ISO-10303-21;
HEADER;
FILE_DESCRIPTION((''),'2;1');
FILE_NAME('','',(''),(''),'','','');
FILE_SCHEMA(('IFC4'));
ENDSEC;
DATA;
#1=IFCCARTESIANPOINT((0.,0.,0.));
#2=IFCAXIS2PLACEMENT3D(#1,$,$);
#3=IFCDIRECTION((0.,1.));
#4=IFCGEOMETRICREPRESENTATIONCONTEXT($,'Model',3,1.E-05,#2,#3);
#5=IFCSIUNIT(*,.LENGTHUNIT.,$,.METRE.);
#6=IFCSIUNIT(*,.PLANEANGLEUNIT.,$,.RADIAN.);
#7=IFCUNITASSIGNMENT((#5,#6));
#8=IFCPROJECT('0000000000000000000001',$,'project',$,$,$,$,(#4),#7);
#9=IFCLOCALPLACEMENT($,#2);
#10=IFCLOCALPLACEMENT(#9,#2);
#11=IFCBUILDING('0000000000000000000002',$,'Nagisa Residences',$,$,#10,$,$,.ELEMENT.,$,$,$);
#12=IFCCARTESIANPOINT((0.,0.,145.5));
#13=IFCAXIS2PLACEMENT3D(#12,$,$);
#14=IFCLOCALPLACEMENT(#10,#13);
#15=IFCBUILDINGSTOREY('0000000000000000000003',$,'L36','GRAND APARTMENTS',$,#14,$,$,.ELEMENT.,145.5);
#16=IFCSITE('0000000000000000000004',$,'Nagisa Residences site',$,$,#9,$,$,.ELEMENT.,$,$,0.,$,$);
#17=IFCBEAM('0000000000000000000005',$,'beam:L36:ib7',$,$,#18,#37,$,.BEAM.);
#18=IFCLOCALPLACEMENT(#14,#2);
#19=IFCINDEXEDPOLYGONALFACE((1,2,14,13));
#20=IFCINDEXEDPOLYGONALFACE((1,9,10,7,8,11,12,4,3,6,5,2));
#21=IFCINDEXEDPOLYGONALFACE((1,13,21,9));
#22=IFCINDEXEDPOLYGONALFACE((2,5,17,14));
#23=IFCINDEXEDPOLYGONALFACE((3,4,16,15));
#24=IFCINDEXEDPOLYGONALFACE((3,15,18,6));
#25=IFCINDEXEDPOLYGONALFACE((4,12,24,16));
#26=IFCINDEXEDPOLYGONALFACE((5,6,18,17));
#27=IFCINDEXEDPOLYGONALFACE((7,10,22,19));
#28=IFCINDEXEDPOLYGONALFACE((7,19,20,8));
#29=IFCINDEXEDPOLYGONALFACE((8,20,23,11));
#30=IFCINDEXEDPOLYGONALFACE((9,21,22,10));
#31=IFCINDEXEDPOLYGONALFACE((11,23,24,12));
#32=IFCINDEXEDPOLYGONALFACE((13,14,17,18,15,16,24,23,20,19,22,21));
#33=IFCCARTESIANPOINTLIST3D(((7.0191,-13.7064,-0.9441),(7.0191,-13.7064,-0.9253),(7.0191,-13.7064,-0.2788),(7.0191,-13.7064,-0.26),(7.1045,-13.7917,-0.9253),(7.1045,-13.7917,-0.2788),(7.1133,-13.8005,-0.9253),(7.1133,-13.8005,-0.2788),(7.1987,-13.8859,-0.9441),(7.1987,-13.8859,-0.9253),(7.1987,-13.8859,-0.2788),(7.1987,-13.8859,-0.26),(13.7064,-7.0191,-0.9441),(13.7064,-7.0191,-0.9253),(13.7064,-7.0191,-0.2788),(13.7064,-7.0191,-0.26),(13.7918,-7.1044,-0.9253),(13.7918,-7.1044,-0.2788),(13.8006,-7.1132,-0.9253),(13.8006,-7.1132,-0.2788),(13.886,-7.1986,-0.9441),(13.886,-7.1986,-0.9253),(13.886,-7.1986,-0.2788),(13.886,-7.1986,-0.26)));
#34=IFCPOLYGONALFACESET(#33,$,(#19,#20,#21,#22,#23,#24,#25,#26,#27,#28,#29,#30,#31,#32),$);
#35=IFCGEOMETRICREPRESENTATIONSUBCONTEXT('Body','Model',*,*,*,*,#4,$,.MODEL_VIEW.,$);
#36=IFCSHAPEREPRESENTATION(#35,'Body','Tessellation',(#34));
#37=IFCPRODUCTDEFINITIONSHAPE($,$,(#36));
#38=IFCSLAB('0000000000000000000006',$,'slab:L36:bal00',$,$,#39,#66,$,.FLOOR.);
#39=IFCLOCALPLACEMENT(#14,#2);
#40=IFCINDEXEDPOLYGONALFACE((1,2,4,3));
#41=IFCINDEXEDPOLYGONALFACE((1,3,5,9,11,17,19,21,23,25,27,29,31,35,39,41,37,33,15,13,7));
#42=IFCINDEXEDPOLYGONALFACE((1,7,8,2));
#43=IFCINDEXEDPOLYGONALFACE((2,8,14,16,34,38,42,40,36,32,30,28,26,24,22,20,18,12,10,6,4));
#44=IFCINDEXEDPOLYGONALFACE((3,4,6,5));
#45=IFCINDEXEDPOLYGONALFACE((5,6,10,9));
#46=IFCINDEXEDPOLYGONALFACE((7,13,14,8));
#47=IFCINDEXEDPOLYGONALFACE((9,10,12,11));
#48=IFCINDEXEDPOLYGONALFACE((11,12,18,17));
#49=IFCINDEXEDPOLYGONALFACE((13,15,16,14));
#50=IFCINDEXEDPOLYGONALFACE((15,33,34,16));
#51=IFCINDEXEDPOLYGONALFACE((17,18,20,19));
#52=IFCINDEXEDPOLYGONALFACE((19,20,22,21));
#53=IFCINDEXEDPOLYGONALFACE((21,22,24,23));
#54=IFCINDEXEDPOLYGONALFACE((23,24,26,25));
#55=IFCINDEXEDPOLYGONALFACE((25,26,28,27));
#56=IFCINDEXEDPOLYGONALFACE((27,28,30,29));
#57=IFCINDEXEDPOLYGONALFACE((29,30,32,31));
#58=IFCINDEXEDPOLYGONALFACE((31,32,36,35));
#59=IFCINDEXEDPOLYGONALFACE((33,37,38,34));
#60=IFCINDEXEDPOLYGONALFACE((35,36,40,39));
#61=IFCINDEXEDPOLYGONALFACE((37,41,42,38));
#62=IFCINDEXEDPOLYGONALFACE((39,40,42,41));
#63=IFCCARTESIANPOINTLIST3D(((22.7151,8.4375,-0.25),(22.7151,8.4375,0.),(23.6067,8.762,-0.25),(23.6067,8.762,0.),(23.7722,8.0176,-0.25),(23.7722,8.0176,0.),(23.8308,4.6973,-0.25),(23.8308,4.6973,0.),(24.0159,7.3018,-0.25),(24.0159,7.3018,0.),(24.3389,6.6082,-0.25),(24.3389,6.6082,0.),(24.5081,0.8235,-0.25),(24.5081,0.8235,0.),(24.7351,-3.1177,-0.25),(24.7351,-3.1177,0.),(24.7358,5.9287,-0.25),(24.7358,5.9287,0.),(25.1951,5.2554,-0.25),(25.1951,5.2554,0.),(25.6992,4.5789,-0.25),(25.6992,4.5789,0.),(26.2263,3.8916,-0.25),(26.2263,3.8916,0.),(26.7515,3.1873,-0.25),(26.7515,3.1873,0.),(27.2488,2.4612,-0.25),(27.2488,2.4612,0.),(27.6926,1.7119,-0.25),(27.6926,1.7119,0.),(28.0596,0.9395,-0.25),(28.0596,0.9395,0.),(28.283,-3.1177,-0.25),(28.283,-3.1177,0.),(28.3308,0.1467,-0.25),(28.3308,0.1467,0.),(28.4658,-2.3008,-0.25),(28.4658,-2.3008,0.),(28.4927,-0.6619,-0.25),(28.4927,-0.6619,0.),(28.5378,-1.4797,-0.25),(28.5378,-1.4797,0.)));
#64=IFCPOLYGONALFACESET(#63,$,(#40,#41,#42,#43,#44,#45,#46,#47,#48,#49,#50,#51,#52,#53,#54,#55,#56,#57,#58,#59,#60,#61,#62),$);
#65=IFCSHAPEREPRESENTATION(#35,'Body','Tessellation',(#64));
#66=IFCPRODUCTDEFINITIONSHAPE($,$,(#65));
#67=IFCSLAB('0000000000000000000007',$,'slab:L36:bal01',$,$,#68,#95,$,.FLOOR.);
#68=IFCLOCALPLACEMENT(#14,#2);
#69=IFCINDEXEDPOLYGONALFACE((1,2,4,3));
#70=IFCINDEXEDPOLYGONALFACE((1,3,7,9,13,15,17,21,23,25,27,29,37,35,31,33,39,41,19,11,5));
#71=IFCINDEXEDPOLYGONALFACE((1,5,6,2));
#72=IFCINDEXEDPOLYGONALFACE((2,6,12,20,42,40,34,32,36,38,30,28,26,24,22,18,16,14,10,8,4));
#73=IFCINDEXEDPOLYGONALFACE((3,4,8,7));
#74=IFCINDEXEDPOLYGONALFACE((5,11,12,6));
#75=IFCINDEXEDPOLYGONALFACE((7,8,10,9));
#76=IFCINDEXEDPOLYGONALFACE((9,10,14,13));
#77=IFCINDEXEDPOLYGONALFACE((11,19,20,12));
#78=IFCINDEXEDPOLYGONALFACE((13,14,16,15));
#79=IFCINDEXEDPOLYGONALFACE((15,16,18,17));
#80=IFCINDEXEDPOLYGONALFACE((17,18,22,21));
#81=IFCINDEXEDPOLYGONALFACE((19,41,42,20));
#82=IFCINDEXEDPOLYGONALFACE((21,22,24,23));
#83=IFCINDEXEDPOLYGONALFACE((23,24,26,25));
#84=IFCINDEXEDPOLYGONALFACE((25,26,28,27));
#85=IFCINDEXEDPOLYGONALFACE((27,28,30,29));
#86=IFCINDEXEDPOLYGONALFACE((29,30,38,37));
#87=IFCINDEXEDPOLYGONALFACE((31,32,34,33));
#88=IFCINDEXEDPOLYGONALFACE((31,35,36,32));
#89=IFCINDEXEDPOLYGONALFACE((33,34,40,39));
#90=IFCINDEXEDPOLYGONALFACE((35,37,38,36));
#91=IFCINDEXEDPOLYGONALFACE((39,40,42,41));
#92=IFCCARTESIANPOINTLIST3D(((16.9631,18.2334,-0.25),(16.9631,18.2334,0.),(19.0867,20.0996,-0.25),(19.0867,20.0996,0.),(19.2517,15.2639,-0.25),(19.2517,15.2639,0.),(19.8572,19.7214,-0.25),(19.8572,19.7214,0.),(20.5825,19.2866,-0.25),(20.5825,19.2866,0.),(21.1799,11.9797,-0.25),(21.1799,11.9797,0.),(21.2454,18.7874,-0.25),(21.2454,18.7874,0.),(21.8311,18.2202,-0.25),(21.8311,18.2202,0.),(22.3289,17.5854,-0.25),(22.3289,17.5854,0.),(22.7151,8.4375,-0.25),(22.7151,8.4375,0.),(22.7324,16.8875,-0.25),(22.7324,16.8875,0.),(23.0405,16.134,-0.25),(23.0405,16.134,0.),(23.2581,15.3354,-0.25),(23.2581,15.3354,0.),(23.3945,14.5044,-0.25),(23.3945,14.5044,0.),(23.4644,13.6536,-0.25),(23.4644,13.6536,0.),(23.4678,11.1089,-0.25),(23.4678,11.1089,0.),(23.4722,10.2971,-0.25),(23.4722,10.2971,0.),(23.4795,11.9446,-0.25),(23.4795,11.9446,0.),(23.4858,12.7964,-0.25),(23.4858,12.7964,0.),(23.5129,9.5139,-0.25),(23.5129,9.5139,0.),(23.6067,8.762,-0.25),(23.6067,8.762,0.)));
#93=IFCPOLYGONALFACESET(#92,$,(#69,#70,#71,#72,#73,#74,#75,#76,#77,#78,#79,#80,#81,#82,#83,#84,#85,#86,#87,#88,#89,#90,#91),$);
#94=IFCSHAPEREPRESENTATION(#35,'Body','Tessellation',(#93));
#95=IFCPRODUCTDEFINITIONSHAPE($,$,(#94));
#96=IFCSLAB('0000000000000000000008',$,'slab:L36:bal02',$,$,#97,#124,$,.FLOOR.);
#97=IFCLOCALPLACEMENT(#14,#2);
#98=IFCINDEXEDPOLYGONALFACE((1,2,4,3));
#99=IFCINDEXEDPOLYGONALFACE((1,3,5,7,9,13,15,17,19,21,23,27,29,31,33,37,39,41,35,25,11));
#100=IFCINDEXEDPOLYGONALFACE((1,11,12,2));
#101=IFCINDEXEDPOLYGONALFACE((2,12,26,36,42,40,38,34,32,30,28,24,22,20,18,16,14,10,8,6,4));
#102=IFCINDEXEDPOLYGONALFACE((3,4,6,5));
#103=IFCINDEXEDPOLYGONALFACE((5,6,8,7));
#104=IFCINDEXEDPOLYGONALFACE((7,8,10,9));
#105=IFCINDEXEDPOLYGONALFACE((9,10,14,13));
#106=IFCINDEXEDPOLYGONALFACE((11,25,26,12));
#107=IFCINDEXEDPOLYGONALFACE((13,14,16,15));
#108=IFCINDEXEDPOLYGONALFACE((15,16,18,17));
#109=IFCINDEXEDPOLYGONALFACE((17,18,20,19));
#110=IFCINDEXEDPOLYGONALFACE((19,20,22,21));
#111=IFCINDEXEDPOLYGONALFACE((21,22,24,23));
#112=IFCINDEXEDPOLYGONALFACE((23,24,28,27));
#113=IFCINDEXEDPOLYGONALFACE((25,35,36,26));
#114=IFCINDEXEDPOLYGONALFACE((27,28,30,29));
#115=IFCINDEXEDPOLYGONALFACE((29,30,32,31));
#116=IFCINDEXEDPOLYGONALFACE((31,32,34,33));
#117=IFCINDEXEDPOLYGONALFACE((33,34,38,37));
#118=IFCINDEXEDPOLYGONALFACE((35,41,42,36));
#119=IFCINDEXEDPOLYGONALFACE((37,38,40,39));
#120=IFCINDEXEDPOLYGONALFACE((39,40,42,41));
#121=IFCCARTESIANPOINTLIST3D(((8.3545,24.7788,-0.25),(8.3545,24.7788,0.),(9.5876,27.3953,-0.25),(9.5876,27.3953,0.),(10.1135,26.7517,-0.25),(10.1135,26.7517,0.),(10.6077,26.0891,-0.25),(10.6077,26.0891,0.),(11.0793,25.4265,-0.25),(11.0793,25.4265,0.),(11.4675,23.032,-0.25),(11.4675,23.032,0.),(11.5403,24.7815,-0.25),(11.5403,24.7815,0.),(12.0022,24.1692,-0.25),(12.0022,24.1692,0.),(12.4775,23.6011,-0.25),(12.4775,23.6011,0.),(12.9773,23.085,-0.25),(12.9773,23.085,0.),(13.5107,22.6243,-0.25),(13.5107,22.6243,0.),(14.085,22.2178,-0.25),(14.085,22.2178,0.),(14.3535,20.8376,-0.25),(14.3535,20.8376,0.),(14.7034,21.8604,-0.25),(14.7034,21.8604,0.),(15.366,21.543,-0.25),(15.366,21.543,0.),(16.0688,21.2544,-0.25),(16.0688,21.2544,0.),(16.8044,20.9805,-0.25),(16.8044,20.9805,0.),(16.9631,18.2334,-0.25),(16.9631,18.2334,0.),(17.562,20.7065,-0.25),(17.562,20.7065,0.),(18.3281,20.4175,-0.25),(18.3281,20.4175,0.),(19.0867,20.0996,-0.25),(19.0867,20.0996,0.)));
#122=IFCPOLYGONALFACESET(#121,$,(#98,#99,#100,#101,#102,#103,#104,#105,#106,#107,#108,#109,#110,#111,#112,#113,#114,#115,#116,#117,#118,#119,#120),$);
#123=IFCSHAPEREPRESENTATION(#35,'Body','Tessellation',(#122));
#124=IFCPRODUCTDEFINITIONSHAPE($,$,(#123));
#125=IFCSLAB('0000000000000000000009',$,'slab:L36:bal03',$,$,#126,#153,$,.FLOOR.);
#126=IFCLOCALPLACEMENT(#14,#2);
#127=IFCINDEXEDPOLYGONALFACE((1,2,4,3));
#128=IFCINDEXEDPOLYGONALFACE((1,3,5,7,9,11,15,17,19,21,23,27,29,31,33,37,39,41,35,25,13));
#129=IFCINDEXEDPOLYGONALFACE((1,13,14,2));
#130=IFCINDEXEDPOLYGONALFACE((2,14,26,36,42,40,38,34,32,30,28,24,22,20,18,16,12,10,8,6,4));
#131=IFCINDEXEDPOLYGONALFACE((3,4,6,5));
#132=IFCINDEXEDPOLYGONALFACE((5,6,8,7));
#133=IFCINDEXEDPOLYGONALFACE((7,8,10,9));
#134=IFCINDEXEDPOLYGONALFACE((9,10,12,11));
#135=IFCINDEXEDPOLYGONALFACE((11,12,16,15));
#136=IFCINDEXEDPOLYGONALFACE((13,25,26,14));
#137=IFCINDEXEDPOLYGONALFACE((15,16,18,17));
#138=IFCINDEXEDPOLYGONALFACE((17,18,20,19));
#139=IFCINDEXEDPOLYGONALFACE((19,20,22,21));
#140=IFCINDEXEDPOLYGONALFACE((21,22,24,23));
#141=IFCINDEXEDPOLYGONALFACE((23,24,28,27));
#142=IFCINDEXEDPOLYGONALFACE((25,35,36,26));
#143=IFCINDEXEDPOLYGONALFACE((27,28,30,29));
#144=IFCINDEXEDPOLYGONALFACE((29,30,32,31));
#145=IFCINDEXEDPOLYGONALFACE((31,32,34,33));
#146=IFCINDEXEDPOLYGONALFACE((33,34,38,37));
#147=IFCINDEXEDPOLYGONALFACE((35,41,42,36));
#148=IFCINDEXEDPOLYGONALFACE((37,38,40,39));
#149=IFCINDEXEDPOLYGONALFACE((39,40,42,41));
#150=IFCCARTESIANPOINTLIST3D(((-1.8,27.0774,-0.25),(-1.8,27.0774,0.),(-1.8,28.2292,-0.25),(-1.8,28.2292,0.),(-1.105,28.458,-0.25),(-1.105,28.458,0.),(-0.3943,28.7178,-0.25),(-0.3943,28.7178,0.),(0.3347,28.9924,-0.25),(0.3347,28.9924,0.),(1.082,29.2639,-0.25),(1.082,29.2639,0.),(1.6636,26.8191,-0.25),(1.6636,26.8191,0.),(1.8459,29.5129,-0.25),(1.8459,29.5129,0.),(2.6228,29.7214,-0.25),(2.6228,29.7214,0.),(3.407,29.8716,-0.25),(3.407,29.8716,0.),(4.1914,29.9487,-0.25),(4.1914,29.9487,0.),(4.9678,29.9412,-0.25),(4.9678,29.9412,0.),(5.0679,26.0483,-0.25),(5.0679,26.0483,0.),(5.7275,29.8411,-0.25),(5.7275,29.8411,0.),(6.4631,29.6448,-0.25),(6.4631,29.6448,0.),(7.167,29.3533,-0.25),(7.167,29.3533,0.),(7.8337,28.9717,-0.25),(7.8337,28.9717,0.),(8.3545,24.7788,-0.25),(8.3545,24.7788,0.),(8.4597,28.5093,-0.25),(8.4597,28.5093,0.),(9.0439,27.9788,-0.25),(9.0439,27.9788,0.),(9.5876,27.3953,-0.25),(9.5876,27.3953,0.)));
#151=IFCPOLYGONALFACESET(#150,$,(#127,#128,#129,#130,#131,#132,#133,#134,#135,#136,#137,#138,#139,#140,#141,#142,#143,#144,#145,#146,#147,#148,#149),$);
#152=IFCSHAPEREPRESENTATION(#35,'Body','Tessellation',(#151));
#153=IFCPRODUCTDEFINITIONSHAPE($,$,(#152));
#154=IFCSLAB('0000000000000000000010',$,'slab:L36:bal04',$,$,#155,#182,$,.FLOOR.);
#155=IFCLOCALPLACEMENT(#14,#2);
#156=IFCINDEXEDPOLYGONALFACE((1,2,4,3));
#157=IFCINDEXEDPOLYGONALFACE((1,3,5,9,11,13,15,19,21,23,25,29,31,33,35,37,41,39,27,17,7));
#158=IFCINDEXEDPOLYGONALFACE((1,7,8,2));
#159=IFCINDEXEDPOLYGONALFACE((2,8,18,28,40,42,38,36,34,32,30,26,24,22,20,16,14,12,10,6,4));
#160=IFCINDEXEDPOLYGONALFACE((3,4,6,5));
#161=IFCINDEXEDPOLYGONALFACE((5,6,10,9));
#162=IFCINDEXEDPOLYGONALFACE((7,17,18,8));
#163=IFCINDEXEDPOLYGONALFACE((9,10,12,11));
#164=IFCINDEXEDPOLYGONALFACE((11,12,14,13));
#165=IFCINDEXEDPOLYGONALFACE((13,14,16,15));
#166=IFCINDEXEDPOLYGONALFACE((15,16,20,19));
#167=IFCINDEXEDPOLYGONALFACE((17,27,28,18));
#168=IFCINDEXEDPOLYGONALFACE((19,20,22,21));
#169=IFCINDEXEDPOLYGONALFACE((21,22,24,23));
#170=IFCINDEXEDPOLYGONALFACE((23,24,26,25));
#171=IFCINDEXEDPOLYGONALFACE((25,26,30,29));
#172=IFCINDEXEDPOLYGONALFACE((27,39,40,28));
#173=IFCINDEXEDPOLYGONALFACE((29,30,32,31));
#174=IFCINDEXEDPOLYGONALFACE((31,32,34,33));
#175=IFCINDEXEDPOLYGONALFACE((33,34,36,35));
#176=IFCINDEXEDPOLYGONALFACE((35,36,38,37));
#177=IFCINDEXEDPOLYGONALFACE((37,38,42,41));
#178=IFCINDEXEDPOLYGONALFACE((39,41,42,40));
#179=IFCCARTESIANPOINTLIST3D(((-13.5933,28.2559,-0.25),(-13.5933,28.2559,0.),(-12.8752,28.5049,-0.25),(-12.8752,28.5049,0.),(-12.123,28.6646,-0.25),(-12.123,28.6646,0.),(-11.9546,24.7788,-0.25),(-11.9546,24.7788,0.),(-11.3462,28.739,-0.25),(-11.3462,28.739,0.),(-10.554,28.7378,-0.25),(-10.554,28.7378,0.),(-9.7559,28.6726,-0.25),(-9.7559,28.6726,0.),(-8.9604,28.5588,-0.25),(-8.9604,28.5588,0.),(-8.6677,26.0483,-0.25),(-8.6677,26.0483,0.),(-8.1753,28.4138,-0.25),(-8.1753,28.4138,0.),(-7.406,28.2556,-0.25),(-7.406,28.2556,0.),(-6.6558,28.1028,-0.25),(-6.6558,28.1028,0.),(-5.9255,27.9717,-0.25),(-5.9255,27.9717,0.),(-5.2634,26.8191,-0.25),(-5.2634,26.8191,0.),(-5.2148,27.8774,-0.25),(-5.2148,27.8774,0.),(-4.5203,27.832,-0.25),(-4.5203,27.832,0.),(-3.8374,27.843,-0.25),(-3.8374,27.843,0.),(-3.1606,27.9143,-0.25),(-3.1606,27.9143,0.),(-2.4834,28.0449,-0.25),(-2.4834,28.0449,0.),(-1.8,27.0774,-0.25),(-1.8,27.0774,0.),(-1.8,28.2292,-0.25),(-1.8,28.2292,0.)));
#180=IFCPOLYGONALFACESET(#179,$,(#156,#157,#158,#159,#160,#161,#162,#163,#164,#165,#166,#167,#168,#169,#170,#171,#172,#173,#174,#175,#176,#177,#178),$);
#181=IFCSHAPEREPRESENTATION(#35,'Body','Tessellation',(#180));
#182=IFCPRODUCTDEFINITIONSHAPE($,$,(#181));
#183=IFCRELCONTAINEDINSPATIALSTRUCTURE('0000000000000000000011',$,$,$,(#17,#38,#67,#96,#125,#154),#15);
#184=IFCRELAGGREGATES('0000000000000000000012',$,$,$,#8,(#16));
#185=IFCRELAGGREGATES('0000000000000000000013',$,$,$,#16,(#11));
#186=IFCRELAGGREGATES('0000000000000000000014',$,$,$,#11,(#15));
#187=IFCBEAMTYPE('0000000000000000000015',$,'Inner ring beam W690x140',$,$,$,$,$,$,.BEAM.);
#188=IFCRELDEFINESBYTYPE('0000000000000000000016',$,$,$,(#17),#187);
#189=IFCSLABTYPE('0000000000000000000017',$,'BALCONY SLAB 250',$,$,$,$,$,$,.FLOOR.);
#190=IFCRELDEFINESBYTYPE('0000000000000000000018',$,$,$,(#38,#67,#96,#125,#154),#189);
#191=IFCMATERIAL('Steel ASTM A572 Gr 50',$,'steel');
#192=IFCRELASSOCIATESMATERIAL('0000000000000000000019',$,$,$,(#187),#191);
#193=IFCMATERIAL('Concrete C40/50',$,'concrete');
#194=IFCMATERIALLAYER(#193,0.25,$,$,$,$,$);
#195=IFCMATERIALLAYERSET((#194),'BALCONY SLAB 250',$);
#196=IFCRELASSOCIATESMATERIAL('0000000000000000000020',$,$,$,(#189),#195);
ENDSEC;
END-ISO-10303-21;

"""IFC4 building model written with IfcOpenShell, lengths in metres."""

from ifc_helpers import new_model, si_unit, direction, frame, origin, origin_2d, place, context, subcontext, project, spatial, polyline, i_section, outline, extrude, material, layer, layer_set, material_profile, profile_set, type_object, element, save


model = new_model("IFC4")

# Units and contexts
model_context = context("Model", 3, precision=1e-05, world=origin(), true_north=direction((0.0, 1.0)))
body_context = subcontext(model_context, "Body", "Model", "MODEL_VIEW")
ifc_project = project(units=[si_unit("LENGTHUNIT", "METRE"), si_unit("PLANEANGLEUNIT", "RADIAN")], contexts=[model_context])

# Site, building, storey
site_placement = place(None, origin())
site = spatial("IfcSite", under=ifc_project, at=site_placement, Name="Nagisa Residences site", CompositionType="ELEMENT", RefElevation=0.0)
building_placement = place(site_placement, origin())
building = spatial("IfcBuilding", under=site, at=building_placement, Name="Nagisa Residences", CompositionType="ELEMENT")
storey_placement = place(building_placement, frame((0.0, 0.0, 145.5)))
storey = spatial("IfcBuildingStorey", under=building, at=storey_placement, Name="L36", Description="GRAND APARTMENTS", CompositionType="ELEMENT", Elevation=145.5)

# Beam
ifc_material_1 = material(Name="Steel ASTM A572 Gr 50", Category="steel")
ifc_material_profile = material_profile(ifc_material_1, i_section(OverallWidth=0.2539, OverallDepth=0.6841, WebThickness=0.0125, FlangeThickness=0.0188, at=origin_2d()), Name="W690x140")
ifc_profile_set = profile_set([ifc_material_profile], Name="Steel ASTM A572 Gr 50")
beam_type = type_object("IfcBeamType", Name="Inner ring beam W690x140", PredefinedType="BEAM", material=ifc_profile_set)
beam_placement = place(storey_placement, frame((7.1089, -13.7961, -0.6021), z_axis=(0.707107, 0.707107, 0.0), x_axis=(-0.707107, 0.707107, 0.0)))
element("IfcBeam", 1, at=beam_placement, inside=storey, type_object=beam_type, Name="beam:L36:ib7", PredefinedType="BEAM", context=body_context, shape_type="SweptSolid", body=[
    extrude(i_section(OverallWidth=0.2539, OverallDepth=0.6841, WebThickness=0.0125, FlangeThickness=0.0188, at=origin_2d()), origin(), (0.0, 0.0, 1.0), 9.4573),
])

# Slabs
ifc_material_2 = material(Name="Concrete C40/50", Category="concrete")
ifc_layer_1 = layer(ifc_material_2, 0.25)
ifc_layer_set_1 = layer_set([ifc_layer_1], Name="BALCONY SLAB 250")
slab_type_1 = type_object("IfcSlabType", Name="BALCONY SLAB 250", PredefinedType="FLOOR", material=ifc_layer_set_1)
slab_1_placement = place(storey_placement, frame((0.0, 0.0, -0.25)))
element("IfcSlab", 2, at=slab_1_placement, inside=storey, type_object=slab_type_1, Name="slab:L36:bal00", PredefinedType="FLOOR", context=body_context, shape_type="SweptSolid", body=[
    extrude(outline(polyline([(28.283, -3.1177), (28.4658, -2.3008), (28.5378, -1.4797), (28.4927, -0.6619), (28.3308, 0.1467), (28.0596, 0.9395), (27.6926, 1.7119), (27.2488, 2.4612), (26.7515, 3.1873), (26.2263, 3.8916), (25.6992, 4.5789), (25.1951, 5.2554), (24.7358, 5.9287), (24.3389, 6.6082), (24.0159, 7.3018), (23.7722, 8.0176), (23.6067, 8.762), (22.7151, 8.4375), (23.8308, 4.6973), (24.5081, 0.8235), (24.7351, -3.1177), (28.283, -3.1177)])), origin(), (0.0, 0.0, 1.0), 0.25),
])
slab_2_placement = place(storey_placement, frame((0.0, 0.0, -0.25)))
element("IfcSlab", 3, at=slab_2_placement, inside=storey, type_object=slab_type_1, Name="slab:L36:bal01", PredefinedType="FLOOR", context=body_context, shape_type="SweptSolid", body=[
    extrude(outline(polyline([(23.6067, 8.762), (23.5129, 9.5139), (23.4722, 10.2971), (23.4678, 11.1089), (23.4795, 11.9446), (23.4858, 12.7964), (23.4644, 13.6536), (23.3945, 14.5044), (23.2581, 15.3354), (23.0405, 16.134), (22.7324, 16.8875), (22.3289, 17.5854), (21.8311, 18.2202), (21.2454, 18.7874), (20.5825, 19.2866), (19.8572, 19.7214), (19.0867, 20.0996), (16.9631, 18.2334), (19.2517, 15.2639), (21.1799, 11.9797), (22.7151, 8.4375), (23.6067, 8.762)])), origin(), (0.0, 0.0, 1.0), 0.25),
])
slab_3_placement = place(storey_placement, frame((0.0, 0.0, -0.25)))
element("IfcSlab", 4, at=slab_3_placement, inside=storey, type_object=slab_type_1, Name="slab:L36:bal02", PredefinedType="FLOOR", context=body_context, shape_type="SweptSolid", body=[
    extrude(outline(polyline([(19.0867, 20.0996), (18.3281, 20.4175), (17.562, 20.7065), (16.8044, 20.9805), (16.0688, 21.2544), (15.366, 21.543), (14.7034, 21.8604), (14.085, 22.2178), (13.5107, 22.6243), (12.9773, 23.085), (12.4775, 23.6011), (12.0022, 24.1692), (11.5403, 24.7815), (11.0793, 25.4265), (10.6077, 26.0891), (10.1135, 26.7517), (9.5876, 27.3953), (8.3545, 24.7788), (11.4675, 23.032), (14.3535, 20.8376), (16.9631, 18.2334), (19.0867, 20.0996)])), origin(), (0.0, 0.0, 1.0), 0.25),
])
slab_4_placement = place(storey_placement, frame((0.0, 0.0, -0.25)))
element("IfcSlab", 5, at=slab_4_placement, inside=storey, type_object=slab_type_1, Name="slab:L36:bal03", PredefinedType="FLOOR", context=body_context, shape_type="SweptSolid", body=[
    extrude(outline(polyline([(9.5876, 27.3953), (9.0439, 27.9788), (8.4597, 28.5093), (7.8337, 28.9717), (7.167, 29.3533), (6.4631, 29.6448), (5.7275, 29.8411), (4.9678, 29.9412), (4.1914, 29.9487), (3.407, 29.8716), (2.6228, 29.7214), (1.8459, 29.5129), (1.082, 29.2639), (0.3347, 28.9924), (-0.3943, 28.7178), (-1.105, 28.458), (-1.8, 28.2292), (-1.8, 27.0774), (1.6636, 26.8191), (5.0679, 26.0483), (8.3545, 24.7788), (9.5876, 27.3953)])), origin(), (0.0, 0.0, 1.0), 0.25),
])
slab_5_placement = place(storey_placement, frame((0.0, 0.0, -0.25)))
element("IfcSlab", 6, at=slab_5_placement, inside=storey, type_object=slab_type_1, Name="slab:L36:bal04", PredefinedType="FLOOR", context=body_context, shape_type="SweptSolid", body=[
    extrude(outline(polyline([(-1.8, 28.2292), (-2.4834, 28.0449), (-3.1606, 27.9143), (-3.8374, 27.843), (-4.5203, 27.832), (-5.2148, 27.8774), (-5.9255, 27.9717), (-6.6558, 28.1028), (-7.406, 28.2556), (-8.1753, 28.4138), (-8.9604, 28.5588), (-9.7559, 28.6726), (-10.554, 28.7378), (-11.3462, 28.739), (-12.123, 28.6646), (-12.8752, 28.5049), (-13.5933, 28.2559), (-11.9546, 24.7788), (-8.6677, 26.0483), (-5.2634, 26.8191), (-1.8, 27.0774), (-1.8, 28.2292)])), origin(), (0.0, 0.0, 1.0), 0.25),
])

save(model, "model.ifc")
